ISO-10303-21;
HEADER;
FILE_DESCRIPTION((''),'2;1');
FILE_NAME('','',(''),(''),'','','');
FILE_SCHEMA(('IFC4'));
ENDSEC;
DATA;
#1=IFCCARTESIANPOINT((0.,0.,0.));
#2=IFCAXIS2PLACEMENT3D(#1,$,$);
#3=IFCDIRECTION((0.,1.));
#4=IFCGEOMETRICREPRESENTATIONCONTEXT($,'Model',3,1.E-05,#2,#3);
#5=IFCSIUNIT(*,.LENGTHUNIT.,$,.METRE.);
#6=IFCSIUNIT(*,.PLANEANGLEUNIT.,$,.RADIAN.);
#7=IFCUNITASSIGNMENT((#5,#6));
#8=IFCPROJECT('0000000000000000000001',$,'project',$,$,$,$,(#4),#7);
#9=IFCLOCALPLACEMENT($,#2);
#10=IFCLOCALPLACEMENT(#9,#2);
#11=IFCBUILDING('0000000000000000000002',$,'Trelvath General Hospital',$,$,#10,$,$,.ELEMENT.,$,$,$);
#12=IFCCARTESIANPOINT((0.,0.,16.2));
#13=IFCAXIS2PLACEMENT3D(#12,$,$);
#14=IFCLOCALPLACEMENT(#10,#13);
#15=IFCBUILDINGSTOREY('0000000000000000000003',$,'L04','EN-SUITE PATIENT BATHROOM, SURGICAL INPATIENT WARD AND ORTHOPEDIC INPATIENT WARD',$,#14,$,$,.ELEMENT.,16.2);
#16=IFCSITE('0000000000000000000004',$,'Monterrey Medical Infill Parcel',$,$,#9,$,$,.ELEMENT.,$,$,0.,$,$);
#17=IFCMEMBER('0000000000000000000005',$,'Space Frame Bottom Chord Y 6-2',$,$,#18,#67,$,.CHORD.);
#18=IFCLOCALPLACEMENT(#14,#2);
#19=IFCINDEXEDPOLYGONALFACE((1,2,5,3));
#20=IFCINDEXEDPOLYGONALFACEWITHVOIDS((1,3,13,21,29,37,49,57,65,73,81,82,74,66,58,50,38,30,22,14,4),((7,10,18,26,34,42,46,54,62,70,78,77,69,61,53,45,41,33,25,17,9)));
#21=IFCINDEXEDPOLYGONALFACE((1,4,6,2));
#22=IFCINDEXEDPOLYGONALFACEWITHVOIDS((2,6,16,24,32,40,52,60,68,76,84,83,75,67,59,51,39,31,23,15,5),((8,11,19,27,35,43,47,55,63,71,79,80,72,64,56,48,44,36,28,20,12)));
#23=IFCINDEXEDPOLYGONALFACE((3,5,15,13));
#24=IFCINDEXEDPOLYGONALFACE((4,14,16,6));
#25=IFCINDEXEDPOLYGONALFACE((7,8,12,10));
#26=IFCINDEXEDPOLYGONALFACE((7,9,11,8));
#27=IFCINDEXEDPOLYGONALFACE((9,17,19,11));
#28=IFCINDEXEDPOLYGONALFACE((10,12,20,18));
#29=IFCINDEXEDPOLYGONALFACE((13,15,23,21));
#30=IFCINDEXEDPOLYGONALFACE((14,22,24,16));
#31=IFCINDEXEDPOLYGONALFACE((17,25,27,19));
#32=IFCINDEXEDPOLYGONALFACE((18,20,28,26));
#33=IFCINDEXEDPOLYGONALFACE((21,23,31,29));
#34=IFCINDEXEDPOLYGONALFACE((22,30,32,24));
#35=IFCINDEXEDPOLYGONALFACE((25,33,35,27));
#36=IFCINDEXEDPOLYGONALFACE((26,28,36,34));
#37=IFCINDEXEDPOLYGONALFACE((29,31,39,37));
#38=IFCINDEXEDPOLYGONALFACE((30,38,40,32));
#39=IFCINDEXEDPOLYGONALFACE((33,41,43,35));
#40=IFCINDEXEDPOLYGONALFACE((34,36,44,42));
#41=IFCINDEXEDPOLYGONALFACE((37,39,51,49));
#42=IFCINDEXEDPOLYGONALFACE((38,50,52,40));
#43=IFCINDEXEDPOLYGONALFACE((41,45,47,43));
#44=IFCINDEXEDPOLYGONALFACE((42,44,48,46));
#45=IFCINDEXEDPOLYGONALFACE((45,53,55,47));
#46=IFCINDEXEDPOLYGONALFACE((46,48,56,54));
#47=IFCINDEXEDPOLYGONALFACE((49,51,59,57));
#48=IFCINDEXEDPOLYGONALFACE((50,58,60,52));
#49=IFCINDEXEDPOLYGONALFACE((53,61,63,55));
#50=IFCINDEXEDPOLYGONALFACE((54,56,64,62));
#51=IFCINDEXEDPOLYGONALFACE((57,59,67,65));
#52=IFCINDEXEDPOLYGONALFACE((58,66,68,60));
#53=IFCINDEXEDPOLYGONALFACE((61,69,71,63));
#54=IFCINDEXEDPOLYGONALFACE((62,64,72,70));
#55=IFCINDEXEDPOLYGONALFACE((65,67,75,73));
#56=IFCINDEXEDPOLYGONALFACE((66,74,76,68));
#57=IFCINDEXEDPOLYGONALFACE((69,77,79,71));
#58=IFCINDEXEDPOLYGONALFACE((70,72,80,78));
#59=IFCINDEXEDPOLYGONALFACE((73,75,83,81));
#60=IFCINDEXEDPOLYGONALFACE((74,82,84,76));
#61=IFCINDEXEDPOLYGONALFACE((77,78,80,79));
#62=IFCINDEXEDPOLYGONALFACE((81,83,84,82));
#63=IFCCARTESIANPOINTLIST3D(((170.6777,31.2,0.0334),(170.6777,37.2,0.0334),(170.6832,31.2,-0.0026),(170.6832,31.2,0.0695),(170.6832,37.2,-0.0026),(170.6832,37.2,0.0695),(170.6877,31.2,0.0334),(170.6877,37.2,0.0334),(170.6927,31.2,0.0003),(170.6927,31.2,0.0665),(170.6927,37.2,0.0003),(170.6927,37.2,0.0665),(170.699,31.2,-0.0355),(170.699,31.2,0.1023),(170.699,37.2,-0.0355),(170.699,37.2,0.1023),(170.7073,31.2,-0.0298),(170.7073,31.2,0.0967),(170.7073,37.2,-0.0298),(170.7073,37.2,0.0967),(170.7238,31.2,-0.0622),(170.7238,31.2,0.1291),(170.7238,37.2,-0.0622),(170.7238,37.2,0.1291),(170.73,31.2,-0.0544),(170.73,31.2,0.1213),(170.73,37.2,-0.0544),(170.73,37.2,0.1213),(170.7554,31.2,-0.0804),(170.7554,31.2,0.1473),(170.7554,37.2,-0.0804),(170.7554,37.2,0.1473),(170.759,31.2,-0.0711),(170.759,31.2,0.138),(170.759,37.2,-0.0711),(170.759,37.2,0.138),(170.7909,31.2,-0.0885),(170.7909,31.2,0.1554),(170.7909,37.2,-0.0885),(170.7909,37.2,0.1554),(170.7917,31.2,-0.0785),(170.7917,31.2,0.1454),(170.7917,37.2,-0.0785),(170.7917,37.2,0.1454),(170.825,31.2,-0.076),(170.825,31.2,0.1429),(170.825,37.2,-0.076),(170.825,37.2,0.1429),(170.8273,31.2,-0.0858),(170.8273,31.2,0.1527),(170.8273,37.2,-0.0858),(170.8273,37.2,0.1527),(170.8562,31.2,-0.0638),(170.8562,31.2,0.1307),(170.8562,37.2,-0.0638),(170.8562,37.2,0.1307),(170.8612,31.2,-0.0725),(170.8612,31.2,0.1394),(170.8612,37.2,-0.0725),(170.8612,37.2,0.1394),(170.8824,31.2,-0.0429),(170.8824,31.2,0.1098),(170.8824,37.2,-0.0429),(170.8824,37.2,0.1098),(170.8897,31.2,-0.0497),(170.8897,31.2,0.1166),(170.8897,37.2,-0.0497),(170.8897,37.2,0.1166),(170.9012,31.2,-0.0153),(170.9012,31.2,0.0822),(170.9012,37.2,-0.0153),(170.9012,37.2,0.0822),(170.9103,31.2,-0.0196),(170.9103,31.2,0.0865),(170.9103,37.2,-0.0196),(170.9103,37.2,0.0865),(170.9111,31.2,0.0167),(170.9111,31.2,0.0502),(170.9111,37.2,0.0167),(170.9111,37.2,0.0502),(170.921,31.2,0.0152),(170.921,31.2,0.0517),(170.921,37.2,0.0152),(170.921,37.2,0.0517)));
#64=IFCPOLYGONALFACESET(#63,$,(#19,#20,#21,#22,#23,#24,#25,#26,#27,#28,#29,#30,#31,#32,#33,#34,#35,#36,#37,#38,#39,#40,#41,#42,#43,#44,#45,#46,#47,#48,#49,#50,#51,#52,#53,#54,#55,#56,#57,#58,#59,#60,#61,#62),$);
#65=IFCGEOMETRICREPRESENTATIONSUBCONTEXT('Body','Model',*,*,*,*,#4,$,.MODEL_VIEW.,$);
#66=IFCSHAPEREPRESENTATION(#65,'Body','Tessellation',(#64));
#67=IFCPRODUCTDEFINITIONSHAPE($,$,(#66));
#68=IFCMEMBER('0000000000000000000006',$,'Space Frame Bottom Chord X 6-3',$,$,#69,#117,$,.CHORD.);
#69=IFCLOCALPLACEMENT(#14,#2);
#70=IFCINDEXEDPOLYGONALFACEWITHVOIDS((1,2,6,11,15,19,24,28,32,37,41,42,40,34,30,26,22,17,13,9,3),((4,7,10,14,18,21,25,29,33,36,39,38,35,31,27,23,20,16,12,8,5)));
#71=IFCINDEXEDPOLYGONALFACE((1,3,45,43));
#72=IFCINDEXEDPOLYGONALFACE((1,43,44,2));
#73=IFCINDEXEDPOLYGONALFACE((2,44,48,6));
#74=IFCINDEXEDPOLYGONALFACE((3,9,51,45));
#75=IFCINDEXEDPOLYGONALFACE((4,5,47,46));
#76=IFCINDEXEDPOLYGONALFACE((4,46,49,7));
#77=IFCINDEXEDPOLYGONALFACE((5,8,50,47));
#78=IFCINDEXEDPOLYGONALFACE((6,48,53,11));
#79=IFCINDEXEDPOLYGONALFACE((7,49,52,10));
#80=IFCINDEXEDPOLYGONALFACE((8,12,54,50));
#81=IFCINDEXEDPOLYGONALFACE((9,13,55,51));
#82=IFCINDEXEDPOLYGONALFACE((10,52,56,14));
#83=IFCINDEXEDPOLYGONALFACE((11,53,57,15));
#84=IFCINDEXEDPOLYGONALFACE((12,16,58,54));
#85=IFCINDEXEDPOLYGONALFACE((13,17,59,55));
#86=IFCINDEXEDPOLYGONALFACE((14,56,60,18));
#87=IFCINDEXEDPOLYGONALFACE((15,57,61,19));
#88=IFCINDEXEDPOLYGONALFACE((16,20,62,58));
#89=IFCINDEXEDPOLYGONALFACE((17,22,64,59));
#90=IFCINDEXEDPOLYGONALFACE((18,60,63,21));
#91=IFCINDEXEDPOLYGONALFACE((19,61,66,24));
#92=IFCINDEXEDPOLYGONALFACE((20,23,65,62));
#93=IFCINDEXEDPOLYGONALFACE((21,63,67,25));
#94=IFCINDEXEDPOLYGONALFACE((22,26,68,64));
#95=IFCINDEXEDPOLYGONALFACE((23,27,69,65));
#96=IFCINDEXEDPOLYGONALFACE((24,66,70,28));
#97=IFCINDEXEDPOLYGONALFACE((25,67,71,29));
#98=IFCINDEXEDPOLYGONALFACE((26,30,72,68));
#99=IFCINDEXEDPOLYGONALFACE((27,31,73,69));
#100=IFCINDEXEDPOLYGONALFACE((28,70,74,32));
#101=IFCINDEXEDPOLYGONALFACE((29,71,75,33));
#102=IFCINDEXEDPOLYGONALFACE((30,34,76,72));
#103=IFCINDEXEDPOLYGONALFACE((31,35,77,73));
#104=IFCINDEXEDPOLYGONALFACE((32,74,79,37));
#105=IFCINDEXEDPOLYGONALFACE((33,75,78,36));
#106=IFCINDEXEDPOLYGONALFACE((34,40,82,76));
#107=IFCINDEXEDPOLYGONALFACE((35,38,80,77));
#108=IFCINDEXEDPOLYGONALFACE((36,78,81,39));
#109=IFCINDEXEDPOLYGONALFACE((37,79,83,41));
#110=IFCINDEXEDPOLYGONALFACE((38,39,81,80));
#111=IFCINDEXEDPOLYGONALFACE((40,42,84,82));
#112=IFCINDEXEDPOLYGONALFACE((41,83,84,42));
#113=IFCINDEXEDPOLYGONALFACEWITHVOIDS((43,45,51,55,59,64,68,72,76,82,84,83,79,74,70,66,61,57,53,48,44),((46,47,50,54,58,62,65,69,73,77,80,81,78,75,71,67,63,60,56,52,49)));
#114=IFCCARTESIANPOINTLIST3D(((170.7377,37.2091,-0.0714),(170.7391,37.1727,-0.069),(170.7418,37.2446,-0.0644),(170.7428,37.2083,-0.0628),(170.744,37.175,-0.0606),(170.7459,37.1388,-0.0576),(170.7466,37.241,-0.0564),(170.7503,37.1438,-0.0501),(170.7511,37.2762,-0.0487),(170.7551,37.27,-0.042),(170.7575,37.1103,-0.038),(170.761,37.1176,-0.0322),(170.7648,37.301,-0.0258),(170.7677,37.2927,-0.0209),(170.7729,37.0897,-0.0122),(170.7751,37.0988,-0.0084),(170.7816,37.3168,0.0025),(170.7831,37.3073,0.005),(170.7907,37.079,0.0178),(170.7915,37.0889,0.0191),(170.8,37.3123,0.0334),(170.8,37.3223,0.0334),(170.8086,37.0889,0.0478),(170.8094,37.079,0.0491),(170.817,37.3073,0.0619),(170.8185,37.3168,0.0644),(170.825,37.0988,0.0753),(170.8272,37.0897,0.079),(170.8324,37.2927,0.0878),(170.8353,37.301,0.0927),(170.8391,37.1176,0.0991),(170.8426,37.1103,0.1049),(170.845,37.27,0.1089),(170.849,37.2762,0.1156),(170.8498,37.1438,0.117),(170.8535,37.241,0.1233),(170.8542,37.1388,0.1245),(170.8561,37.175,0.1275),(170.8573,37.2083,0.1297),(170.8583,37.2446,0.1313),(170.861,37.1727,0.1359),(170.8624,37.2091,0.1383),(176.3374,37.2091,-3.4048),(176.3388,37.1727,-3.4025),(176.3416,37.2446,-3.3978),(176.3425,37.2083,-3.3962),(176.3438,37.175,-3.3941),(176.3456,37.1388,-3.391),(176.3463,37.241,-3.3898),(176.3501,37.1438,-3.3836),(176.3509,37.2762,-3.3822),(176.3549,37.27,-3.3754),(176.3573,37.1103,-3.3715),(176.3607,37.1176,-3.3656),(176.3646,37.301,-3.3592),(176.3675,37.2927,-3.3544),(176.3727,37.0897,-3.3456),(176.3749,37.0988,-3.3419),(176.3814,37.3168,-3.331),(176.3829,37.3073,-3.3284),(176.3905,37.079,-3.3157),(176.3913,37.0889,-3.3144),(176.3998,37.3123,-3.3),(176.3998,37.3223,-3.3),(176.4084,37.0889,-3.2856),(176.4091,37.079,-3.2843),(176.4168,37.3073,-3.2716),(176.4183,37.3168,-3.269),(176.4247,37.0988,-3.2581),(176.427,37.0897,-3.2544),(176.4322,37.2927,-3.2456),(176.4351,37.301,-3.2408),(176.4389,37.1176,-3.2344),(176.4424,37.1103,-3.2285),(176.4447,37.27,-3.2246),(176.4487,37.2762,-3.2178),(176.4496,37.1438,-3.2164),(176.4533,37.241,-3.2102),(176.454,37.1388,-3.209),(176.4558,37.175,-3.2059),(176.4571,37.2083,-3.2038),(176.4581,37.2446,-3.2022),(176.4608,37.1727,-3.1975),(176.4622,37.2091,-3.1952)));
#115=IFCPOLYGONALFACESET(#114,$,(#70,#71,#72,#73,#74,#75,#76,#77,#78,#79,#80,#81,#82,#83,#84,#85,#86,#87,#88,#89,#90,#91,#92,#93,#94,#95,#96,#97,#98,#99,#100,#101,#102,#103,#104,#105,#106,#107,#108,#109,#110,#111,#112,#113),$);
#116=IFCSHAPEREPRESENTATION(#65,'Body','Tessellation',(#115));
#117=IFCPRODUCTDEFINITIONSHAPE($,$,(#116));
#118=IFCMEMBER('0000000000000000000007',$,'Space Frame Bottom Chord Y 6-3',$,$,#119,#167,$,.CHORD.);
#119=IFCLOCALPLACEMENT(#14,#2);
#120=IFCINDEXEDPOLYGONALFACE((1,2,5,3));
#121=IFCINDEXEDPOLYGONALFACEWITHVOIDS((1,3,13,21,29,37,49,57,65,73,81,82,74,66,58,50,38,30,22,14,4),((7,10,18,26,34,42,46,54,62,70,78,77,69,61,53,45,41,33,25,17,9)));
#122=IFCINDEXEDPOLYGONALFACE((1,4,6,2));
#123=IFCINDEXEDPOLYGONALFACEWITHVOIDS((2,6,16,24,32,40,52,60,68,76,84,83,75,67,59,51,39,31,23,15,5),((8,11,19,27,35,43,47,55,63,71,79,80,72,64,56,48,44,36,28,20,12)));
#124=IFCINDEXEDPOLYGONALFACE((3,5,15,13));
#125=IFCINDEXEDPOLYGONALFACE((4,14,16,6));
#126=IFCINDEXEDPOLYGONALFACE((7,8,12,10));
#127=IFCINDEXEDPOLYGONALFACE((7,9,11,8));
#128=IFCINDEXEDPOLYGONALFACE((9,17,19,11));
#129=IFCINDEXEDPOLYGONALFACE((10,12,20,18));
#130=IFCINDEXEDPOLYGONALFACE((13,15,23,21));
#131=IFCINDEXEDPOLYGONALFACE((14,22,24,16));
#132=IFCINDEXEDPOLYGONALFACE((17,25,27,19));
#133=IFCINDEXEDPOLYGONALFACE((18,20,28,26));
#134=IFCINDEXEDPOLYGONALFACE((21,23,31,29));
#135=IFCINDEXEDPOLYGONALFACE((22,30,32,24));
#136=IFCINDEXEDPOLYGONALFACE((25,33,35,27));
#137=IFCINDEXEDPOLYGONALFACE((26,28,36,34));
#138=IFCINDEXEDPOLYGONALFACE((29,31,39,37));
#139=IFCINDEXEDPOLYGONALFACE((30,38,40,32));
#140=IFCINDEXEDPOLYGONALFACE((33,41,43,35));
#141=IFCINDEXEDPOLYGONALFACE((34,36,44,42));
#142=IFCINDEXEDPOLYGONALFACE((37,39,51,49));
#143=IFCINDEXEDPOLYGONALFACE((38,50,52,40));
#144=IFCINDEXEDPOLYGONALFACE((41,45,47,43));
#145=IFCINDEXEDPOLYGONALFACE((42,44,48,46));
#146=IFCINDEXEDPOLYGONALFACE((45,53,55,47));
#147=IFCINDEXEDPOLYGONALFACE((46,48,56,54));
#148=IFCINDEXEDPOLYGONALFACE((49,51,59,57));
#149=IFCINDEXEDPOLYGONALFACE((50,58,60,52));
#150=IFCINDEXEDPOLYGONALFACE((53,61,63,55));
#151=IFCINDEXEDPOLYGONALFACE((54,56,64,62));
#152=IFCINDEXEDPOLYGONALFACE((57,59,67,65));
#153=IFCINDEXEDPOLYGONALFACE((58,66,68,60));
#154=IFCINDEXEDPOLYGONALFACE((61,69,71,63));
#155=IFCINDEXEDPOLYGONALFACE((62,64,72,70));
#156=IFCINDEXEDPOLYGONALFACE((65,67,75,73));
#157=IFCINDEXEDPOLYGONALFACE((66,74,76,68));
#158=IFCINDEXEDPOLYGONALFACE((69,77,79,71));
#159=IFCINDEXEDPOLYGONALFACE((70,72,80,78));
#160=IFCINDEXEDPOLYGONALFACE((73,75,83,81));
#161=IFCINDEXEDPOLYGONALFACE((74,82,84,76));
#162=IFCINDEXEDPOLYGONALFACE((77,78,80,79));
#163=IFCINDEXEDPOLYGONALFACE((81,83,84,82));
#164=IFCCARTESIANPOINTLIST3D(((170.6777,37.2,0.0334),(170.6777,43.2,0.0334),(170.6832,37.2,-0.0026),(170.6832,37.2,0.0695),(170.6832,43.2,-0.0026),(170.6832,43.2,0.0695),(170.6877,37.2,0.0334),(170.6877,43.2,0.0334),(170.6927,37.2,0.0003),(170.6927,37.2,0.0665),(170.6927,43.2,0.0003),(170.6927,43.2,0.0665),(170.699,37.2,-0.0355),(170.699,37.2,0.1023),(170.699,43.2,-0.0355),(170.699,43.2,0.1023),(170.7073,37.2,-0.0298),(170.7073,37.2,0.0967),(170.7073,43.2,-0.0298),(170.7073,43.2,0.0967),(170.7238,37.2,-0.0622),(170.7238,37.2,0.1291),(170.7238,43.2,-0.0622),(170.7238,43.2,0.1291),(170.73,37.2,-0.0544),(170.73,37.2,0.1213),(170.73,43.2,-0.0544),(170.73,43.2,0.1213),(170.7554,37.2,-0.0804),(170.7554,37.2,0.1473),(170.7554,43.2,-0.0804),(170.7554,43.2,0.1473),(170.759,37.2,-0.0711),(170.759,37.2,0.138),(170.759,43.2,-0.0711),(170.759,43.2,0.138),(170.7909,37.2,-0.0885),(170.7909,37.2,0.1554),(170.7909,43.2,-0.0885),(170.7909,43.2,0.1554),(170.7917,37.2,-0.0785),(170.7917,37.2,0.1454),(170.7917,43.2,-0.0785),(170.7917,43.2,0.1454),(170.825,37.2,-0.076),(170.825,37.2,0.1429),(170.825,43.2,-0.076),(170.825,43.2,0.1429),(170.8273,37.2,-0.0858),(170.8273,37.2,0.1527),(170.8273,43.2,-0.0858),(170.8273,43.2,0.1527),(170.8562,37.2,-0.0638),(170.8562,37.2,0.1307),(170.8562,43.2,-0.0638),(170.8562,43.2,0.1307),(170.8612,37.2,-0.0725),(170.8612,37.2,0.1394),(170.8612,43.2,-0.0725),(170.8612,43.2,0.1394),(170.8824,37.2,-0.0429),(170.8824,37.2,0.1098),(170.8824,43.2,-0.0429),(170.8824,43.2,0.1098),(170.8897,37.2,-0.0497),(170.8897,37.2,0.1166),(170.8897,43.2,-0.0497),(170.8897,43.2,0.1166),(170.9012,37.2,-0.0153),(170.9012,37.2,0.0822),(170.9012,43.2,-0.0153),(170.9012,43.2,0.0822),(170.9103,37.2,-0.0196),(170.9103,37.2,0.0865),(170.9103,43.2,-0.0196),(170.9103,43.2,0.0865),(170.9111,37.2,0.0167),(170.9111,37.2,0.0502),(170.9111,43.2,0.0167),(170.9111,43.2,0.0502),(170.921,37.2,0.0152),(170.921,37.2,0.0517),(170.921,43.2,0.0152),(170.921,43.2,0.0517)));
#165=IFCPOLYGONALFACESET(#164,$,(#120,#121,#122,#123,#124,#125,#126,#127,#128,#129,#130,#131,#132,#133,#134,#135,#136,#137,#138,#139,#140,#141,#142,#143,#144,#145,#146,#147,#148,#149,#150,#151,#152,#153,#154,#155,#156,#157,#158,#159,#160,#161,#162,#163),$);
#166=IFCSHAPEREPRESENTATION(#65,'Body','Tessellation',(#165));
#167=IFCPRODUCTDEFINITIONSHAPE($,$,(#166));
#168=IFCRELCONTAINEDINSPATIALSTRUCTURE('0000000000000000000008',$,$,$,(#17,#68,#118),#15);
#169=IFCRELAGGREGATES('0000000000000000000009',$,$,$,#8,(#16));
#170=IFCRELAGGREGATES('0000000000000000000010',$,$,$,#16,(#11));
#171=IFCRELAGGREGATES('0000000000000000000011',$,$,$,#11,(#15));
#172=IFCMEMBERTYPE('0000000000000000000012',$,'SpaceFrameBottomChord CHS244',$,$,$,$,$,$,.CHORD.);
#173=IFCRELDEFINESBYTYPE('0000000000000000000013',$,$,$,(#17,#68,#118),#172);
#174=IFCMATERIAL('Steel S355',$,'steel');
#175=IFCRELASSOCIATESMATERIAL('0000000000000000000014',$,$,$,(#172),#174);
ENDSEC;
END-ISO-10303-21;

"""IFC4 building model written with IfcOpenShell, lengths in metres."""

from ifc_helpers import new_model, si_unit, direction, frame, origin, origin_2d, place, context, subcontext, project, spatial, hollow_circle, extrude, material, material_profile, profile_set, type_object, element, save


model = new_model("IFC4")

# Units and contexts
model_context = context("Model", 3, precision=1e-05, world=origin(), true_north=direction((0.0, 1.0)))
body_context = subcontext(model_context, "Body", "Model", "MODEL_VIEW")
ifc_project = project(units=[si_unit("LENGTHUNIT", "METRE"), si_unit("PLANEANGLEUNIT", "RADIAN")], contexts=[model_context])

# Site, building, storey
site_placement = place(None, origin())
site = spatial("IfcSite", under=ifc_project, at=site_placement, Name="Monterrey Medical Infill Parcel", CompositionType="ELEMENT", RefElevation=0.0)
building_placement = place(site_placement, origin())
building = spatial("IfcBuilding", under=site, at=building_placement, Name="Trelvath General Hospital", CompositionType="ELEMENT")
storey_placement = place(building_placement, frame((0.0, 0.0, 16.2)))
storey = spatial("IfcBuildingStorey", under=building, at=storey_placement, Name="L04", Description="EN-SUITE PATIENT BATHROOM, SURGICAL INPATIENT WARD AND ORTHOPEDIC INPATIENT WARD", CompositionType="ELEMENT", Elevation=16.2)

# Members
ifc_material_1 = material(Name="Steel S355", Category="steel")
ifc_material_profile_1 = material_profile(ifc_material_1, hollow_circle(Radius=0.1223, WallThickness=0.01, at=origin_2d()), Name="CHS244.5x10.0")
ifc_profile_set_1 = profile_set([ifc_material_profile_1], Name="Steel S355")
member_type_1 = type_object("IfcMemberType", Name="SpaceFrameBottomChord CHS244", PredefinedType="CHORD", material=ifc_profile_set_1)
member_1_placement = place(storey_placement, frame((170.8, 31.2, 0.0334), z_axis=(0.0, 1.0, 0.0), x_axis=(-1.0, 0.0, 0.0)))
element("IfcMember", 1, at=member_1_placement, inside=storey, type_object=member_type_1, Name="Space Frame Bottom Chord Y 6-2", PredefinedType="CHORD", context=body_context, shape_type="SweptSolid", body=[
    extrude(hollow_circle(Radius=0.1223, WallThickness=0.01, at=origin_2d()), origin(), (0.0, 0.0, 1.0), 6.0),
])
member_2_placement = place(storey_placement, frame((170.8, 37.2, 0.0334), z_axis=(0.859276, 0.0, -0.511512), x_axis=(0.0, 1.0, 0.0)))
element("IfcMember", 2, at=member_2_placement, inside=storey, type_object=member_type_1, Name="Space Frame Bottom Chord X 6-3", PredefinedType="CHORD", context=body_context, shape_type="SweptSolid", body=[
    extrude(hollow_circle(Radius=0.1223, WallThickness=0.01, at=origin_2d()), origin(), (0.0, 0.0, 1.0), 6.5168),
])
member_3_placement = place(storey_placement, frame((170.8, 37.2, 0.0334), z_axis=(0.0, 1.0, 0.0), x_axis=(-1.0, 0.0, 0.0)))
element("IfcMember", 3, at=member_3_placement, inside=storey, type_object=member_type_1, Name="Space Frame Bottom Chord Y 6-3", PredefinedType="CHORD", context=body_context, shape_type="SweptSolid", body=[
    extrude(hollow_circle(Radius=0.1223, WallThickness=0.01, at=origin_2d()), origin(), (0.0, 0.0, 1.0), 6.0),
])

save(model, "model.ifc")
